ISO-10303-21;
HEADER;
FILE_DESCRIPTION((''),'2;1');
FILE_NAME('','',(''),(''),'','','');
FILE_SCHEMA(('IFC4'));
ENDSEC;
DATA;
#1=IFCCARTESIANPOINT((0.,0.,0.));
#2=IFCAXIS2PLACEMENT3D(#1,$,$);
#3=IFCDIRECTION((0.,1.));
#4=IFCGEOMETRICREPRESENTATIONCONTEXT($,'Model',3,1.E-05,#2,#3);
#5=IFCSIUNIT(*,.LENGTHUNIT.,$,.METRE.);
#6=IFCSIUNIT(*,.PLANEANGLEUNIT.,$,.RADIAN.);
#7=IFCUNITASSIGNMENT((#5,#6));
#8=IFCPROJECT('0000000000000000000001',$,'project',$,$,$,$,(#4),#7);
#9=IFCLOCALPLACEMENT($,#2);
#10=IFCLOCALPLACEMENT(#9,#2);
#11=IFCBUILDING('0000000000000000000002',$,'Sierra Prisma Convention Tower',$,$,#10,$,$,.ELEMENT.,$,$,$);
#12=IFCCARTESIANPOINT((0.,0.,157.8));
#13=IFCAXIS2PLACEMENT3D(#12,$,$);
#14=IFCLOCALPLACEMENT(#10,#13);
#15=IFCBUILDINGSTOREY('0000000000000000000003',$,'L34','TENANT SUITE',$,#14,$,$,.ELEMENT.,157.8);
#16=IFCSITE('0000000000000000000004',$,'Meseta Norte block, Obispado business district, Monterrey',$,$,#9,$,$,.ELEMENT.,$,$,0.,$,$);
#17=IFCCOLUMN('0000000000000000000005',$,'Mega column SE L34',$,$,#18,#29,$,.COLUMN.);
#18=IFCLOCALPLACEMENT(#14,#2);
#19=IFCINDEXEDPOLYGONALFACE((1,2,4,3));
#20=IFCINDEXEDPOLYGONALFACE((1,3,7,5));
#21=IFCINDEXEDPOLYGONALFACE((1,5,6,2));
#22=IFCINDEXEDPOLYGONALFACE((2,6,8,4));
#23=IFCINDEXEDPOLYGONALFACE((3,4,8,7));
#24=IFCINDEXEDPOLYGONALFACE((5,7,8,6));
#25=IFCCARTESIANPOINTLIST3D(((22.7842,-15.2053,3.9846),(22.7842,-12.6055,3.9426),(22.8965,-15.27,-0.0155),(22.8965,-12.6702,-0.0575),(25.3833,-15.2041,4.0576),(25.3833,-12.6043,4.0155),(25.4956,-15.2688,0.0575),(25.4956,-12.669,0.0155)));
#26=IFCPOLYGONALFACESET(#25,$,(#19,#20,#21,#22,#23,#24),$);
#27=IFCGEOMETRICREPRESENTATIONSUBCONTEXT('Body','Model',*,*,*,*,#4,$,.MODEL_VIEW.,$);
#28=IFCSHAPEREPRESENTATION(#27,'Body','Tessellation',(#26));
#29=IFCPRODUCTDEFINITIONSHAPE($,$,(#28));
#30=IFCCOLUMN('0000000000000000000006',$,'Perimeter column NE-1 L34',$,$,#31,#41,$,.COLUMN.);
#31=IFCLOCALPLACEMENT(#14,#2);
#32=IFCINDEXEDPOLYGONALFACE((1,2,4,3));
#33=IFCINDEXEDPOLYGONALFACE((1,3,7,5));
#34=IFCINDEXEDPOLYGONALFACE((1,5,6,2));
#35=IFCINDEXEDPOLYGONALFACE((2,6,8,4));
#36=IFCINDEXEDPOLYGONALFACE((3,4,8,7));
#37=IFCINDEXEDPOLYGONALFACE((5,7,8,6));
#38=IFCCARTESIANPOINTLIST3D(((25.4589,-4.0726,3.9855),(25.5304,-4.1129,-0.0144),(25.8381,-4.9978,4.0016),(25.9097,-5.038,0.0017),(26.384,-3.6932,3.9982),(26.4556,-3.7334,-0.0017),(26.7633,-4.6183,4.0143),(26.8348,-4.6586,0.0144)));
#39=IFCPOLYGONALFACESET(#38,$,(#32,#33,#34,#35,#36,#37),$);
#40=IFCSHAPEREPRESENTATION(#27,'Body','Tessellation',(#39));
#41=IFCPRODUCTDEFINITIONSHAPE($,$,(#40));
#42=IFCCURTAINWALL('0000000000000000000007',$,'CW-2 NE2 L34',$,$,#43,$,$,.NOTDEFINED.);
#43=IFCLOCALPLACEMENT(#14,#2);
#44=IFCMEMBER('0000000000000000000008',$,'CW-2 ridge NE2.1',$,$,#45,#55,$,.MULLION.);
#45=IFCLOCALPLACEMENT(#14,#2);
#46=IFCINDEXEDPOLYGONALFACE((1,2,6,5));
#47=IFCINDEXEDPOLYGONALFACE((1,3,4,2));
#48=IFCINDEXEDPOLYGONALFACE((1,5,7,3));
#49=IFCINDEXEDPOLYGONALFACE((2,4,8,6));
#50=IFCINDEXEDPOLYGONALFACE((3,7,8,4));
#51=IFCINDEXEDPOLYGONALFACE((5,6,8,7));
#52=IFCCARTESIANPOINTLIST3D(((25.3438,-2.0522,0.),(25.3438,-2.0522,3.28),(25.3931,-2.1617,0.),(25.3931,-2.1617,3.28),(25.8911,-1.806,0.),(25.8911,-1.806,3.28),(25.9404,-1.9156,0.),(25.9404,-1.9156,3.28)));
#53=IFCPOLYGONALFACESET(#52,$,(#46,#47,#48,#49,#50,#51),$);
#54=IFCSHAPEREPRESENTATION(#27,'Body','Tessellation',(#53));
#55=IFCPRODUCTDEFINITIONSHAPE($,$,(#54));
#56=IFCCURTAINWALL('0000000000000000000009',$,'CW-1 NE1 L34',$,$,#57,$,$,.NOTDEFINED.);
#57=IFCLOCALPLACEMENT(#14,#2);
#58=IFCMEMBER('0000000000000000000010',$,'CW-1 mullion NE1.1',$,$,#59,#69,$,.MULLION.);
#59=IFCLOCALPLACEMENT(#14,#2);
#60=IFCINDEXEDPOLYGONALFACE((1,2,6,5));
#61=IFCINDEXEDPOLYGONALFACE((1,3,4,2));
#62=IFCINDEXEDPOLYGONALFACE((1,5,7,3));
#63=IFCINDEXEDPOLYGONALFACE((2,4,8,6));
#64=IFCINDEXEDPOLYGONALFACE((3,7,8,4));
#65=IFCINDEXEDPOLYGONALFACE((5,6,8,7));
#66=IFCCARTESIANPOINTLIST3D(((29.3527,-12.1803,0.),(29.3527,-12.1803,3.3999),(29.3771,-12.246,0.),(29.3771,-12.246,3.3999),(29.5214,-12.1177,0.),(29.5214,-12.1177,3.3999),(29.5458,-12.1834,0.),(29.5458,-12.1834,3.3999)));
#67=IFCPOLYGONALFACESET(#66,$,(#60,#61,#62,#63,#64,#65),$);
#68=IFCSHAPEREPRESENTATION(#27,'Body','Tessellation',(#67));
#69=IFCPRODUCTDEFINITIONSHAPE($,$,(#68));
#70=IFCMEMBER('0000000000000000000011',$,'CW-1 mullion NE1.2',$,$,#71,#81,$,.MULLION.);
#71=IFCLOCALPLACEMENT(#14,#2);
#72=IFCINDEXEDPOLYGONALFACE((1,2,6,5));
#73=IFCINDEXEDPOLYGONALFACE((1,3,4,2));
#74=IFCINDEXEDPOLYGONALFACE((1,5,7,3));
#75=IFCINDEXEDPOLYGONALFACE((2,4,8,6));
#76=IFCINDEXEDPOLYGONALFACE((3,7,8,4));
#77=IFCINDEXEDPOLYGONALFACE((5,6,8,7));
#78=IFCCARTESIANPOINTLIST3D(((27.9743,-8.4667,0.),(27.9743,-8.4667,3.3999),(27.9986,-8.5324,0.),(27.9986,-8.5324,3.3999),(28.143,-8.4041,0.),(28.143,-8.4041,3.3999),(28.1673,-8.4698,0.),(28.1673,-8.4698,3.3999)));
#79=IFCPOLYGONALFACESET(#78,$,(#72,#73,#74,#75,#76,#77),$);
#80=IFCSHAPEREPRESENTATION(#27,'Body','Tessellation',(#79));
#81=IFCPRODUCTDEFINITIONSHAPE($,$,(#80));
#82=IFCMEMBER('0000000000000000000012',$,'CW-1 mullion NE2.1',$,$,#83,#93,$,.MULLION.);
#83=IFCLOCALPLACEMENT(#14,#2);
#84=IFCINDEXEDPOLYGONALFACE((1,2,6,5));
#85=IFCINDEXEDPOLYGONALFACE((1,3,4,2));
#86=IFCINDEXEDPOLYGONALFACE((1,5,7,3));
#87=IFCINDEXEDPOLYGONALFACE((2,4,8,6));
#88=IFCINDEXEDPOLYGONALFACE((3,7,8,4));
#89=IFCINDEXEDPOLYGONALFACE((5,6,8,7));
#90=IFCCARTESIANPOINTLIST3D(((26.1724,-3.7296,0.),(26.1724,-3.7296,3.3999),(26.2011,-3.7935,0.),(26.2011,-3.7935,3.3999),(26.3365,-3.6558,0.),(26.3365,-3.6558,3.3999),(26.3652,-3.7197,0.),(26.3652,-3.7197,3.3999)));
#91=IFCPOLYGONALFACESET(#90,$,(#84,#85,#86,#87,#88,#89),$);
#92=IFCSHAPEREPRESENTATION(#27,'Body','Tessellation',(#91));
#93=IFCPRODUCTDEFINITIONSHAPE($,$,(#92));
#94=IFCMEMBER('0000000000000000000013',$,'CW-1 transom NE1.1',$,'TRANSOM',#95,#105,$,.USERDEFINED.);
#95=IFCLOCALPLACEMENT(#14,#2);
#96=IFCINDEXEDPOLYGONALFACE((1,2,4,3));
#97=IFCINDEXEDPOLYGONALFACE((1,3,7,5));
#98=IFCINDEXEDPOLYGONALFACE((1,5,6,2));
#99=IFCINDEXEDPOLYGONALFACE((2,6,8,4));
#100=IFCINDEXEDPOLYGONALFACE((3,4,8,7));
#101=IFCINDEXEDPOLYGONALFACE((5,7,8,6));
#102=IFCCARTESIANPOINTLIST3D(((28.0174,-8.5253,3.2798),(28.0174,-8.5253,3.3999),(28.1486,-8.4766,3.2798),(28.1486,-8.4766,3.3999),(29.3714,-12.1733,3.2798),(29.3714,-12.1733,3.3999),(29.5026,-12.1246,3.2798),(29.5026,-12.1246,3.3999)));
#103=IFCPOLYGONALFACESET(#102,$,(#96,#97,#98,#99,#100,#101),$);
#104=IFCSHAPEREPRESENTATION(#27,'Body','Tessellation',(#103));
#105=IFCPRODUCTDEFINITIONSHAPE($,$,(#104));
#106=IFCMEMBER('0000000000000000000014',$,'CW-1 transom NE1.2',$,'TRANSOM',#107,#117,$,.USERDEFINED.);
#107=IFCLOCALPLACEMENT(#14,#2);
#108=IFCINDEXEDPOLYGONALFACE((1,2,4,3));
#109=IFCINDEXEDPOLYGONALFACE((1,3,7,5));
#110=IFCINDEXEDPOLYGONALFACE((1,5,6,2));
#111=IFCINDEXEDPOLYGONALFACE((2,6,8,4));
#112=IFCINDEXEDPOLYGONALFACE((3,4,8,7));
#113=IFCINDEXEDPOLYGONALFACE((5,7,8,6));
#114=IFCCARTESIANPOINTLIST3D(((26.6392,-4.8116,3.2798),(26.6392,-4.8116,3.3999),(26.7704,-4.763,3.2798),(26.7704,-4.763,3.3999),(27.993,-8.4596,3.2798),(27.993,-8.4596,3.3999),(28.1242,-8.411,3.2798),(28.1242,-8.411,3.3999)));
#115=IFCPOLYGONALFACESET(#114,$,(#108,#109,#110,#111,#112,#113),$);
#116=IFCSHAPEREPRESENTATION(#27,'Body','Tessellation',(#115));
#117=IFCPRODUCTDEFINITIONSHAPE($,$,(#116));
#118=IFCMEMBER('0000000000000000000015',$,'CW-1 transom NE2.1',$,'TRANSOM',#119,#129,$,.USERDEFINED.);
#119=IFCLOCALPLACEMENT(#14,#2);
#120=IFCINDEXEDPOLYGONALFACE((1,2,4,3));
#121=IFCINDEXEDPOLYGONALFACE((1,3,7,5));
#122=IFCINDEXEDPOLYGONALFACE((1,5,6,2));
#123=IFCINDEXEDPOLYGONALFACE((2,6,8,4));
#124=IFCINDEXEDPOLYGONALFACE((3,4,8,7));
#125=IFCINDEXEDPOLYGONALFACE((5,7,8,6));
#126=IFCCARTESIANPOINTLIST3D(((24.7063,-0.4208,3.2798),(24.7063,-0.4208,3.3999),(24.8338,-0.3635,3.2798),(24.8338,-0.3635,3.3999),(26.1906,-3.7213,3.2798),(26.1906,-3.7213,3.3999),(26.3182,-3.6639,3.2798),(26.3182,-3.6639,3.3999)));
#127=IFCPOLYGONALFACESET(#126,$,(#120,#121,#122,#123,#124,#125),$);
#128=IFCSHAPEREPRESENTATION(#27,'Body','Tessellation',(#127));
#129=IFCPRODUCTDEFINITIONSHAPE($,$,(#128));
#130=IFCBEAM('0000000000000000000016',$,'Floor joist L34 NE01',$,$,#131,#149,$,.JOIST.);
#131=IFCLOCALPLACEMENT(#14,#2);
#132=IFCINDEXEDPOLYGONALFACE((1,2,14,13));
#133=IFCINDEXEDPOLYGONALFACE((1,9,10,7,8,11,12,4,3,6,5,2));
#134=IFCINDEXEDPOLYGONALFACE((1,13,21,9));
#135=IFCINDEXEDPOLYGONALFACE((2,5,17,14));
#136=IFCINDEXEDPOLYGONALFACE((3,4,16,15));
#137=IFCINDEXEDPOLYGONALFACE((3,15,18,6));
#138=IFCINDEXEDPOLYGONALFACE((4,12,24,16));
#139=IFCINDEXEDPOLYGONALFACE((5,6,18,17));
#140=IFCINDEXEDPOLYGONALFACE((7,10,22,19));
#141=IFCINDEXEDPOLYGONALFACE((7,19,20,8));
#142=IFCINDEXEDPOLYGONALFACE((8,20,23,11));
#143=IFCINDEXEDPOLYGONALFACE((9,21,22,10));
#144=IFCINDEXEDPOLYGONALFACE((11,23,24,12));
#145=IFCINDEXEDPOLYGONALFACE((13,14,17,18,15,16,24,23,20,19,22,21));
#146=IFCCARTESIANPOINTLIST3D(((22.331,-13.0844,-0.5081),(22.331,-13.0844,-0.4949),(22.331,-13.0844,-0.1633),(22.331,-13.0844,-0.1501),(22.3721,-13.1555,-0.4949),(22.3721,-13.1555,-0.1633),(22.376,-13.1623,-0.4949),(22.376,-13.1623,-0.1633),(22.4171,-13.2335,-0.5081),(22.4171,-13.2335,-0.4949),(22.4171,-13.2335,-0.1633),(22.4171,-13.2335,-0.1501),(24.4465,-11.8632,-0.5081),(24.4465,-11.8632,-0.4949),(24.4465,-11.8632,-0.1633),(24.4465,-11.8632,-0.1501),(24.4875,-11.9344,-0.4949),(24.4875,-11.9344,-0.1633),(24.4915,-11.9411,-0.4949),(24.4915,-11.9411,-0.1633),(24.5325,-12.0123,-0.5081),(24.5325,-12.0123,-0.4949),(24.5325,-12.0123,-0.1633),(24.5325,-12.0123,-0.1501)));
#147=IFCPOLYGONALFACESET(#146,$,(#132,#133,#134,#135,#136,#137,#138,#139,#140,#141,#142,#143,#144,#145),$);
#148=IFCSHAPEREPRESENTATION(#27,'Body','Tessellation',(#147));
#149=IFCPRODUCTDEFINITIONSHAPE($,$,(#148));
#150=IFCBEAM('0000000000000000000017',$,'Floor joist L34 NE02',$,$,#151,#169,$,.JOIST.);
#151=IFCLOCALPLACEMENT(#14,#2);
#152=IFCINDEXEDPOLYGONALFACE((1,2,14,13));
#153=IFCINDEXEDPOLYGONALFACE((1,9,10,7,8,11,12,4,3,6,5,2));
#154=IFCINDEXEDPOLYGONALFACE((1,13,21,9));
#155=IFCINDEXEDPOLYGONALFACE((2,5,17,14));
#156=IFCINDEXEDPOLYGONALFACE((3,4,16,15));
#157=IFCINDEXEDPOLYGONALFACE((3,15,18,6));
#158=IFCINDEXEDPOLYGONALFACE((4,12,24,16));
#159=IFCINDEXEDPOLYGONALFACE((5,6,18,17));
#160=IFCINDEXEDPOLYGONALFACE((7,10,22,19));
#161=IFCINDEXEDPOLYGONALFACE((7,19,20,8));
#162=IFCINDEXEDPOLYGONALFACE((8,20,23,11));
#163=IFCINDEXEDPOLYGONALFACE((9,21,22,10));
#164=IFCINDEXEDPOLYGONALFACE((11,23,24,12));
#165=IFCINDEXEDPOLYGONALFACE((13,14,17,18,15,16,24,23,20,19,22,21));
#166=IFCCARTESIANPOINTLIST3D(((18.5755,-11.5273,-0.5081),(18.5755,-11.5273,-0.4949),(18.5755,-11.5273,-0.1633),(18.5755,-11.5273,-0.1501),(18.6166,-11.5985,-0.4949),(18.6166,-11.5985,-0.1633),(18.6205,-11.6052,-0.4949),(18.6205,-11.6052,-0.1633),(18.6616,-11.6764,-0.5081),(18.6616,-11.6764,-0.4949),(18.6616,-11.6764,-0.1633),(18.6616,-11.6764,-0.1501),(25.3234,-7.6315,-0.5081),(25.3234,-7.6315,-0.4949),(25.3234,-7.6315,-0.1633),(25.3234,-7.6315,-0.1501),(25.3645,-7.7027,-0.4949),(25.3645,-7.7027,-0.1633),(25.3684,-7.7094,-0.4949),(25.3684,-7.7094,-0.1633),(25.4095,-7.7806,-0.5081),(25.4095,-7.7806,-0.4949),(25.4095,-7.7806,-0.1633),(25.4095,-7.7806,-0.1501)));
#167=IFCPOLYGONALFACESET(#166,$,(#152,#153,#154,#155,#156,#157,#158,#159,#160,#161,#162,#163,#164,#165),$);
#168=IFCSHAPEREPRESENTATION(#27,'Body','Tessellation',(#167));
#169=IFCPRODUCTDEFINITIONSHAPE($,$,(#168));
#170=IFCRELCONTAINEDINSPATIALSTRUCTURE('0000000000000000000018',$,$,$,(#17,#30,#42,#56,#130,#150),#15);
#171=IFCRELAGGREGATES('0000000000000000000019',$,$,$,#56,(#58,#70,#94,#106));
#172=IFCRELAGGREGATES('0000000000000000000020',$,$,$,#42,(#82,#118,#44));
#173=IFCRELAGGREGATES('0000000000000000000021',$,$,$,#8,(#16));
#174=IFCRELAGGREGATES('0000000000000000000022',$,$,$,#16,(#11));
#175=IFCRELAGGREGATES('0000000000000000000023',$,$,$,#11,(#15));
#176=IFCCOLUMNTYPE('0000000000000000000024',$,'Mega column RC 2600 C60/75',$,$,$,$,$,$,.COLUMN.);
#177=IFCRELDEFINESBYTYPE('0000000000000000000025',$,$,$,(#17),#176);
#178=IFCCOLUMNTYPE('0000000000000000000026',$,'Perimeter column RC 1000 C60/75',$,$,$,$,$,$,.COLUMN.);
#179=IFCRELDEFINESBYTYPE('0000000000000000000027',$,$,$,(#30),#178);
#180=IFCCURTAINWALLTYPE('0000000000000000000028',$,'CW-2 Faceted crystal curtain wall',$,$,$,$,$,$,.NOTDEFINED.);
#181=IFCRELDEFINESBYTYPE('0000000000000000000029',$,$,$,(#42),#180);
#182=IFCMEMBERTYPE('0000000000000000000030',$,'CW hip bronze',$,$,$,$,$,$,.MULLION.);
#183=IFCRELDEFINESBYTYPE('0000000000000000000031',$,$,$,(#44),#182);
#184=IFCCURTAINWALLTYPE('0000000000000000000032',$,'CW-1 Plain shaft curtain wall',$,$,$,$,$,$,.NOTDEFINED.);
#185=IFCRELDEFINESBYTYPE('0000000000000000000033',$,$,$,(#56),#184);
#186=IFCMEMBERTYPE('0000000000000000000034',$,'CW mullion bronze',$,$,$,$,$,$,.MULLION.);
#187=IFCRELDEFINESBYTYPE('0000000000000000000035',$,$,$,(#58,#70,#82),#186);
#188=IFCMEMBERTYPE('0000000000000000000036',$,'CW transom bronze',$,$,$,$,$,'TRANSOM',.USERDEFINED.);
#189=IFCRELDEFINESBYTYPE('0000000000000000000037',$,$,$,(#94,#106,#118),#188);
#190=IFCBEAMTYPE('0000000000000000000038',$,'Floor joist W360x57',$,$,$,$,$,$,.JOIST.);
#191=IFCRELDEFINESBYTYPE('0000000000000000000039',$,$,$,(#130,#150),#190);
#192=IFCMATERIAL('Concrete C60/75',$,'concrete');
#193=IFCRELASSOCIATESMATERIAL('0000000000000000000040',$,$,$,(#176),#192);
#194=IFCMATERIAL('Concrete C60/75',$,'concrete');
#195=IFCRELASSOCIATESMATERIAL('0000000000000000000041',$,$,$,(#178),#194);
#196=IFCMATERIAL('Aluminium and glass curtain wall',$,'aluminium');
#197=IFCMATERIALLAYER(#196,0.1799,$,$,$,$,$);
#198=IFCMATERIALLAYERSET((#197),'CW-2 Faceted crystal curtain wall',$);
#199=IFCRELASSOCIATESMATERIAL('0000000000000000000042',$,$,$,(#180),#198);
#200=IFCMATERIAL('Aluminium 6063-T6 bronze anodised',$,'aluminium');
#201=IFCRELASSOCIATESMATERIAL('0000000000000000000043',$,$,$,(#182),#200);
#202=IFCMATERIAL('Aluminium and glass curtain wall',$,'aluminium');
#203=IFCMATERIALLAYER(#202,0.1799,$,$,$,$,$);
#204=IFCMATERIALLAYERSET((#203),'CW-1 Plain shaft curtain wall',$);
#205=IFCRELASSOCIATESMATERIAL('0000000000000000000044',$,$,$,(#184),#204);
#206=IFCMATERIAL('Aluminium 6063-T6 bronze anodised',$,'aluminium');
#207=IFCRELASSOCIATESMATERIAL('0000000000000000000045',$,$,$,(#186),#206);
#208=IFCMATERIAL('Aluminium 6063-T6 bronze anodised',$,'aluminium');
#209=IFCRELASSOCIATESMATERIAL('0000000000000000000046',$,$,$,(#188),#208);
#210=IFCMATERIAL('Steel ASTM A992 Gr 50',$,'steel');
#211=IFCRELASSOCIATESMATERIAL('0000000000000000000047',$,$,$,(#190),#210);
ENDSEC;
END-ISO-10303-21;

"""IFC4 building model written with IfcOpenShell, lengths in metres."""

from ifc_helpers import new_model, si_unit, direction, frame, origin, origin_2d, place, context, subcontext, project, spatial, rectangle, i_section, extrude, material, layer, layer_set, material_profile, profile_set, type_object, element, aggregate, save


model = new_model("IFC4")

# Units and contexts
model_context = context("Model", 3, precision=1e-05, world=origin(), true_north=direction((0.0, 1.0)))
body_context = subcontext(model_context, "Body", "Model", "MODEL_VIEW")
ifc_project = project(units=[si_unit("LENGTHUNIT", "METRE"), si_unit("PLANEANGLEUNIT", "RADIAN")], contexts=[model_context])

# Site, building, storey
site_placement = place(None, origin())
site = spatial("IfcSite", under=ifc_project, at=site_placement, Name="Meseta Norte block, Obispado business district, Monterrey", CompositionType="ELEMENT", RefElevation=0.0)
building_placement = place(site_placement, origin())
building = spatial("IfcBuilding", under=site, at=building_placement, Name="Sierra Prisma Convention Tower", CompositionType="ELEMENT")
storey_placement = place(building_placement, frame((0.0, 0.0, 157.8)))
storey = spatial("IfcBuildingStorey", under=building, at=storey_placement, Name="L34", Description="TENANT SUITE", CompositionType="ELEMENT", Elevation=157.8)

# Columns
ifc_material_1 = material(Name="Concrete C60/75", Category="concrete")
ifc_material_profile_1 = material_profile(ifc_material_1, rectangle(XDim=2.6001, YDim=2.6001, at=origin_2d()), Name="Mega column RC 2600 C60/75")
ifc_profile_set_1 = profile_set([ifc_material_profile_1], Name="Concrete C60/75")
column_type_1 = type_object("IfcColumnType", Name="Mega column RC 2600 C60/75", PredefinedType="COLUMN", material=ifc_profile_set_1)
column_1_placement = place(storey_placement, frame((24.196, -13.9695, 0.0), z_axis=(-0.028061, 0.016166, 0.999475), x_axis=(0.999606, 0.000454, 0.028058)))
element("IfcColumn", 1, at=column_1_placement, inside=storey, type_object=column_type_1, Name="Mega column SE L34", PredefinedType="COLUMN", context=body_context, shape_type="SweptSolid", body=[
    extrude(rectangle(XDim=2.6001, YDim=2.6001, at=origin_2d()), origin(), (0.0, 0.0, 1.0), 4.0022),
])
ifc_material_2 = material(Name="Concrete C60/75", Category="concrete")
ifc_material_profile_2 = material_profile(ifc_material_2, rectangle(XDim=1.0, YDim=1.0, at=origin_2d()), Name="Perimeter column RC 1000 C60/75")
ifc_profile_set_2 = profile_set([ifc_material_profile_2], Name="Concrete C60/75")
column_type_2 = type_object("IfcColumnType", Name="Perimeter column RC 1000 C60/75", PredefinedType="COLUMN", material=ifc_profile_set_2)
column_2_placement = place(storey_placement, frame((26.1826, -4.3857, 0.0), z_axis=(-0.01788, 0.010069, 0.999789), x_axis=(-0.379231, 0.925162, -0.016099)))
element("IfcColumn", 2, at=column_2_placement, inside=storey, type_object=column_type_2, Name="Perimeter column NE-1 L34", PredefinedType="COLUMN", context=body_context, shape_type="SweptSolid", body=[
    extrude(rectangle(XDim=1.0, YDim=1.0, at=origin_2d()), origin(), (0.0, 0.0, 1.0), 4.0007),
])

# Curtain wall, member
ifc_material_3 = material(Name="Aluminium and glass curtain wall", Category="aluminium")
ifc_layer_1 = layer(ifc_material_3, 0.1799)
ifc_layer_set_1 = layer_set([ifc_layer_1], Name="CW-2 Faceted crystal curtain wall")
curtain_wall_type_1 = type_object("IfcCurtainWallType", Name="CW-2 Faceted crystal curtain wall", PredefinedType="NOTDEFINED", material=ifc_layer_set_1)
curtain_wall_1_placement = place(storey_placement, origin())
curtain_wall_1 = element("IfcCurtainWall", 3, at=curtain_wall_1_placement, inside=storey, type_object=curtain_wall_type_1, Name="CW-2 NE2 L34", PredefinedType="NOTDEFINED")
ifc_material_4 = material(Name="Aluminium 6063-T6 bronze anodised", Category="aluminium")
ifc_material_profile_3 = material_profile(ifc_material_4, rectangle(XDim=0.1201, YDim=0.6001, at=origin_2d()), Name="ALU RIDGE BLADE 120x600")
ifc_profile_set_3 = profile_set([ifc_material_profile_3], Name="Aluminium 6063-T6 bronze anodised")
member_type_1 = type_object("IfcMemberType", Name="CW hip bronze", PredefinedType="MULLION", material=ifc_profile_set_3)
member_1_placement = place(storey_placement, frame((25.6421, -1.9839, 0.0), z_axis=(0.0, 0.0, 1.0), x_axis=(-0.410199, 0.911996, 0.0)))
member_1 = element("IfcMember", 4, at=member_1_placement, type_object=member_type_1, Name="CW-2 ridge NE2.1", PredefinedType="MULLION", context=body_context, shape_type="SweptSolid", body=[
    extrude(rectangle(XDim=0.1201, YDim=0.6001, at=origin_2d()), origin(), (0.0, 0.0, 1.0), 3.28),
])

# Curtain wall, members
ifc_material_5 = material(Name="Aluminium and glass curtain wall", Category="aluminium")
ifc_layer_2 = layer(ifc_material_5, 0.1799)
ifc_layer_set_2 = layer_set([ifc_layer_2], Name="CW-1 Plain shaft curtain wall")
curtain_wall_type_2 = type_object("IfcCurtainWallType", Name="CW-1 Plain shaft curtain wall", PredefinedType="NOTDEFINED", material=ifc_layer_set_2)
curtain_wall_2_placement = place(storey_placement, origin())
curtain_wall_2 = element("IfcCurtainWall", 5, at=curtain_wall_2_placement, inside=storey, type_object=curtain_wall_type_2, Name="CW-1 NE1 L34", PredefinedType="NOTDEFINED")
ifc_material_6 = material(Name="Aluminium 6063-T6 bronze anodised", Category="aluminium")
ifc_material_profile_4 = material_profile(ifc_material_6, rectangle(XDim=0.1799, YDim=0.0701, at=origin_2d()), Name="ALU MULLION 70x180")
ifc_profile_set_4 = profile_set([ifc_material_profile_4], Name="Aluminium 6063-T6 bronze anodised")
member_type_2 = type_object("IfcMemberType", Name="CW mullion bronze", PredefinedType="MULLION", material=ifc_profile_set_4)
member_2_placement = place(storey_placement, frame((29.4492, -12.1819, 0.0), z_axis=(0.0, 0.0, 1.0), x_axis=(-0.937511, -0.347954, 0.0)))
member_2 = element("IfcMember", 6, at=member_2_placement, type_object=member_type_2, Name="CW-1 mullion NE1.1", PredefinedType="MULLION", context=body_context, shape_type="SweptSolid", body=[
    extrude(rectangle(XDim=0.1799, YDim=0.0701, at=origin_2d()), origin(), (0.0, 0.0, 1.0), 3.3999),
])
member_3_placement = place(storey_placement, frame((28.0708, -8.4683, 0.0), z_axis=(0.0, 0.0, 1.0), x_axis=(-0.937511, -0.347954, 0.0)))
member_3 = element("IfcMember", 7, at=member_3_placement, type_object=member_type_2, Name="CW-1 mullion NE1.2", PredefinedType="MULLION", context=body_context, shape_type="SweptSolid", body=[
    extrude(rectangle(XDim=0.1799, YDim=0.0701, at=origin_2d()), origin(), (0.0, 0.0, 1.0), 3.3999),
])

# Members
member_4_placement = place(storey_placement, frame((26.2688, -3.7246, 0.0), z_axis=(0.0, 0.0, 1.0), x_axis=(-0.911996, -0.410199, 0.0)))
member_4 = element("IfcMember", 8, at=member_4_placement, type_object=member_type_2, Name="CW-1 mullion NE2.1", PredefinedType="MULLION", context=body_context, shape_type="SweptSolid", body=[
    extrude(rectangle(XDim=0.1799, YDim=0.0701, at=origin_2d()), origin(), (0.0, 0.0, 1.0), 3.3999),
])
ifc_material_7 = material(Name="Aluminium 6063-T6 bronze anodised", Category="aluminium")
ifc_material_profile_5 = material_profile(ifc_material_7, rectangle(XDim=0.1399, YDim=0.1201, at=origin_2d()), Name="ALU TRANSOM 120x140")
ifc_profile_set_5 = profile_set([ifc_material_profile_5], Name="Aluminium 6063-T6 bronze anodised")
member_type_3 = type_object("IfcMemberType", Name="CW transom bronze", ElementType="TRANSOM", PredefinedType="USERDEFINED", material=ifc_profile_set_5)
member_5_placement = place(storey_placement, frame((29.437, -12.1489, 3.3398), z_axis=(-0.347972, 0.937505, 0.0), x_axis=(-0.937505, -0.347972, 0.0)))
member_5 = element("IfcMember", 9, at=member_5_placement, type_object=member_type_3, Name="CW-1 transom NE1.1", ObjectType="TRANSOM", PredefinedType="USERDEFINED", context=body_context, shape_type="SweptSolid", body=[
    extrude(rectangle(XDim=0.1399, YDim=0.1201, at=origin_2d()), origin(), (0.0, 0.0, 1.0), 3.8911),
])
member_6_placement = place(storey_placement, frame((28.0586, -8.4353, 3.3398), z_axis=(-0.347917, 0.937525, 0.0), x_axis=(-0.937525, -0.347917, 0.0)))
member_6 = element("IfcMember", 10, at=member_6_placement, type_object=member_type_3, Name="CW-1 transom NE1.2", ObjectType="TRANSOM", PredefinedType="USERDEFINED", context=body_context, shape_type="SweptSolid", body=[
    extrude(rectangle(XDim=0.1399, YDim=0.1201, at=origin_2d()), origin(), (0.0, 0.0, 1.0), 3.8911),
])
member_7_placement = place(storey_placement, frame((26.2544, -3.6926, 3.3398), z_axis=(-0.410166, 0.912011, 0.0), x_axis=(-0.912011, -0.410166, 0.0)))
member_7 = element("IfcMember", 11, at=member_7_placement, type_object=member_type_3, Name="CW-1 transom NE2.1", ObjectType="TRANSOM", PredefinedType="USERDEFINED", context=body_context, shape_type="SweptSolid", body=[
    extrude(rectangle(XDim=0.1399, YDim=0.1201, at=origin_2d()), origin(), (0.0, 0.0, 1.0), 3.6189),
])

# Beams
ifc_material_8 = material(Name="Steel ASTM A992 Gr 50", Category="steel")
ifc_material_profile_6 = material_profile(ifc_material_8, i_section(OverallWidth=0.1721, OverallDepth=0.3579, WebThickness=0.0078, FlangeThickness=0.0132, at=origin_2d()), Name="W360x57")
ifc_profile_set_6 = profile_set([ifc_material_profile_6], Name="Steel ASTM A992 Gr 50")
beam_type_1 = type_object("IfcBeamType", Name="Floor joist W360x57", PredefinedType="JOIST", material=ifc_profile_set_6)
beam_1_placement = place(storey_placement, frame((24.4895, -11.9377, -0.3291), z_axis=(-0.866057, -0.499945, 0.0), x_axis=(0.499945, -0.866057, 0.0)))
element("IfcBeam", 12, at=beam_1_placement, inside=storey, type_object=beam_type_1, Name="Floor joist L34 NE01", PredefinedType="JOIST", context=body_context, shape_type="SweptSolid", body=[
    extrude(i_section(OverallWidth=0.1721, OverallDepth=0.3579, WebThickness=0.0078, FlangeThickness=0.0132, at=origin_2d()), origin(), (0.0, 0.0, 1.0), 2.4426),
])
beam_2_placement = place(storey_placement, frame((25.3665, -7.7061, -0.3291), z_axis=(-0.866031, -0.499991, 0.0), x_axis=(0.499991, -0.866031, 0.0)))
element("IfcBeam", 13, at=beam_2_placement, inside=storey, type_object=beam_type_1, Name="Floor joist L34 NE02", PredefinedType="JOIST", context=body_context, shape_type="SweptSolid", body=[
    extrude(i_section(OverallWidth=0.1721, OverallDepth=0.3579, WebThickness=0.0078, FlangeThickness=0.0132, at=origin_2d()), origin(), (0.0, 0.0, 1.0), 7.7917),
])

aggregate(curtain_wall_2, [member_2, member_3, member_5, member_6])
aggregate(curtain_wall_1, [member_4, member_7, member_1])

save(model, "model.ifc")
